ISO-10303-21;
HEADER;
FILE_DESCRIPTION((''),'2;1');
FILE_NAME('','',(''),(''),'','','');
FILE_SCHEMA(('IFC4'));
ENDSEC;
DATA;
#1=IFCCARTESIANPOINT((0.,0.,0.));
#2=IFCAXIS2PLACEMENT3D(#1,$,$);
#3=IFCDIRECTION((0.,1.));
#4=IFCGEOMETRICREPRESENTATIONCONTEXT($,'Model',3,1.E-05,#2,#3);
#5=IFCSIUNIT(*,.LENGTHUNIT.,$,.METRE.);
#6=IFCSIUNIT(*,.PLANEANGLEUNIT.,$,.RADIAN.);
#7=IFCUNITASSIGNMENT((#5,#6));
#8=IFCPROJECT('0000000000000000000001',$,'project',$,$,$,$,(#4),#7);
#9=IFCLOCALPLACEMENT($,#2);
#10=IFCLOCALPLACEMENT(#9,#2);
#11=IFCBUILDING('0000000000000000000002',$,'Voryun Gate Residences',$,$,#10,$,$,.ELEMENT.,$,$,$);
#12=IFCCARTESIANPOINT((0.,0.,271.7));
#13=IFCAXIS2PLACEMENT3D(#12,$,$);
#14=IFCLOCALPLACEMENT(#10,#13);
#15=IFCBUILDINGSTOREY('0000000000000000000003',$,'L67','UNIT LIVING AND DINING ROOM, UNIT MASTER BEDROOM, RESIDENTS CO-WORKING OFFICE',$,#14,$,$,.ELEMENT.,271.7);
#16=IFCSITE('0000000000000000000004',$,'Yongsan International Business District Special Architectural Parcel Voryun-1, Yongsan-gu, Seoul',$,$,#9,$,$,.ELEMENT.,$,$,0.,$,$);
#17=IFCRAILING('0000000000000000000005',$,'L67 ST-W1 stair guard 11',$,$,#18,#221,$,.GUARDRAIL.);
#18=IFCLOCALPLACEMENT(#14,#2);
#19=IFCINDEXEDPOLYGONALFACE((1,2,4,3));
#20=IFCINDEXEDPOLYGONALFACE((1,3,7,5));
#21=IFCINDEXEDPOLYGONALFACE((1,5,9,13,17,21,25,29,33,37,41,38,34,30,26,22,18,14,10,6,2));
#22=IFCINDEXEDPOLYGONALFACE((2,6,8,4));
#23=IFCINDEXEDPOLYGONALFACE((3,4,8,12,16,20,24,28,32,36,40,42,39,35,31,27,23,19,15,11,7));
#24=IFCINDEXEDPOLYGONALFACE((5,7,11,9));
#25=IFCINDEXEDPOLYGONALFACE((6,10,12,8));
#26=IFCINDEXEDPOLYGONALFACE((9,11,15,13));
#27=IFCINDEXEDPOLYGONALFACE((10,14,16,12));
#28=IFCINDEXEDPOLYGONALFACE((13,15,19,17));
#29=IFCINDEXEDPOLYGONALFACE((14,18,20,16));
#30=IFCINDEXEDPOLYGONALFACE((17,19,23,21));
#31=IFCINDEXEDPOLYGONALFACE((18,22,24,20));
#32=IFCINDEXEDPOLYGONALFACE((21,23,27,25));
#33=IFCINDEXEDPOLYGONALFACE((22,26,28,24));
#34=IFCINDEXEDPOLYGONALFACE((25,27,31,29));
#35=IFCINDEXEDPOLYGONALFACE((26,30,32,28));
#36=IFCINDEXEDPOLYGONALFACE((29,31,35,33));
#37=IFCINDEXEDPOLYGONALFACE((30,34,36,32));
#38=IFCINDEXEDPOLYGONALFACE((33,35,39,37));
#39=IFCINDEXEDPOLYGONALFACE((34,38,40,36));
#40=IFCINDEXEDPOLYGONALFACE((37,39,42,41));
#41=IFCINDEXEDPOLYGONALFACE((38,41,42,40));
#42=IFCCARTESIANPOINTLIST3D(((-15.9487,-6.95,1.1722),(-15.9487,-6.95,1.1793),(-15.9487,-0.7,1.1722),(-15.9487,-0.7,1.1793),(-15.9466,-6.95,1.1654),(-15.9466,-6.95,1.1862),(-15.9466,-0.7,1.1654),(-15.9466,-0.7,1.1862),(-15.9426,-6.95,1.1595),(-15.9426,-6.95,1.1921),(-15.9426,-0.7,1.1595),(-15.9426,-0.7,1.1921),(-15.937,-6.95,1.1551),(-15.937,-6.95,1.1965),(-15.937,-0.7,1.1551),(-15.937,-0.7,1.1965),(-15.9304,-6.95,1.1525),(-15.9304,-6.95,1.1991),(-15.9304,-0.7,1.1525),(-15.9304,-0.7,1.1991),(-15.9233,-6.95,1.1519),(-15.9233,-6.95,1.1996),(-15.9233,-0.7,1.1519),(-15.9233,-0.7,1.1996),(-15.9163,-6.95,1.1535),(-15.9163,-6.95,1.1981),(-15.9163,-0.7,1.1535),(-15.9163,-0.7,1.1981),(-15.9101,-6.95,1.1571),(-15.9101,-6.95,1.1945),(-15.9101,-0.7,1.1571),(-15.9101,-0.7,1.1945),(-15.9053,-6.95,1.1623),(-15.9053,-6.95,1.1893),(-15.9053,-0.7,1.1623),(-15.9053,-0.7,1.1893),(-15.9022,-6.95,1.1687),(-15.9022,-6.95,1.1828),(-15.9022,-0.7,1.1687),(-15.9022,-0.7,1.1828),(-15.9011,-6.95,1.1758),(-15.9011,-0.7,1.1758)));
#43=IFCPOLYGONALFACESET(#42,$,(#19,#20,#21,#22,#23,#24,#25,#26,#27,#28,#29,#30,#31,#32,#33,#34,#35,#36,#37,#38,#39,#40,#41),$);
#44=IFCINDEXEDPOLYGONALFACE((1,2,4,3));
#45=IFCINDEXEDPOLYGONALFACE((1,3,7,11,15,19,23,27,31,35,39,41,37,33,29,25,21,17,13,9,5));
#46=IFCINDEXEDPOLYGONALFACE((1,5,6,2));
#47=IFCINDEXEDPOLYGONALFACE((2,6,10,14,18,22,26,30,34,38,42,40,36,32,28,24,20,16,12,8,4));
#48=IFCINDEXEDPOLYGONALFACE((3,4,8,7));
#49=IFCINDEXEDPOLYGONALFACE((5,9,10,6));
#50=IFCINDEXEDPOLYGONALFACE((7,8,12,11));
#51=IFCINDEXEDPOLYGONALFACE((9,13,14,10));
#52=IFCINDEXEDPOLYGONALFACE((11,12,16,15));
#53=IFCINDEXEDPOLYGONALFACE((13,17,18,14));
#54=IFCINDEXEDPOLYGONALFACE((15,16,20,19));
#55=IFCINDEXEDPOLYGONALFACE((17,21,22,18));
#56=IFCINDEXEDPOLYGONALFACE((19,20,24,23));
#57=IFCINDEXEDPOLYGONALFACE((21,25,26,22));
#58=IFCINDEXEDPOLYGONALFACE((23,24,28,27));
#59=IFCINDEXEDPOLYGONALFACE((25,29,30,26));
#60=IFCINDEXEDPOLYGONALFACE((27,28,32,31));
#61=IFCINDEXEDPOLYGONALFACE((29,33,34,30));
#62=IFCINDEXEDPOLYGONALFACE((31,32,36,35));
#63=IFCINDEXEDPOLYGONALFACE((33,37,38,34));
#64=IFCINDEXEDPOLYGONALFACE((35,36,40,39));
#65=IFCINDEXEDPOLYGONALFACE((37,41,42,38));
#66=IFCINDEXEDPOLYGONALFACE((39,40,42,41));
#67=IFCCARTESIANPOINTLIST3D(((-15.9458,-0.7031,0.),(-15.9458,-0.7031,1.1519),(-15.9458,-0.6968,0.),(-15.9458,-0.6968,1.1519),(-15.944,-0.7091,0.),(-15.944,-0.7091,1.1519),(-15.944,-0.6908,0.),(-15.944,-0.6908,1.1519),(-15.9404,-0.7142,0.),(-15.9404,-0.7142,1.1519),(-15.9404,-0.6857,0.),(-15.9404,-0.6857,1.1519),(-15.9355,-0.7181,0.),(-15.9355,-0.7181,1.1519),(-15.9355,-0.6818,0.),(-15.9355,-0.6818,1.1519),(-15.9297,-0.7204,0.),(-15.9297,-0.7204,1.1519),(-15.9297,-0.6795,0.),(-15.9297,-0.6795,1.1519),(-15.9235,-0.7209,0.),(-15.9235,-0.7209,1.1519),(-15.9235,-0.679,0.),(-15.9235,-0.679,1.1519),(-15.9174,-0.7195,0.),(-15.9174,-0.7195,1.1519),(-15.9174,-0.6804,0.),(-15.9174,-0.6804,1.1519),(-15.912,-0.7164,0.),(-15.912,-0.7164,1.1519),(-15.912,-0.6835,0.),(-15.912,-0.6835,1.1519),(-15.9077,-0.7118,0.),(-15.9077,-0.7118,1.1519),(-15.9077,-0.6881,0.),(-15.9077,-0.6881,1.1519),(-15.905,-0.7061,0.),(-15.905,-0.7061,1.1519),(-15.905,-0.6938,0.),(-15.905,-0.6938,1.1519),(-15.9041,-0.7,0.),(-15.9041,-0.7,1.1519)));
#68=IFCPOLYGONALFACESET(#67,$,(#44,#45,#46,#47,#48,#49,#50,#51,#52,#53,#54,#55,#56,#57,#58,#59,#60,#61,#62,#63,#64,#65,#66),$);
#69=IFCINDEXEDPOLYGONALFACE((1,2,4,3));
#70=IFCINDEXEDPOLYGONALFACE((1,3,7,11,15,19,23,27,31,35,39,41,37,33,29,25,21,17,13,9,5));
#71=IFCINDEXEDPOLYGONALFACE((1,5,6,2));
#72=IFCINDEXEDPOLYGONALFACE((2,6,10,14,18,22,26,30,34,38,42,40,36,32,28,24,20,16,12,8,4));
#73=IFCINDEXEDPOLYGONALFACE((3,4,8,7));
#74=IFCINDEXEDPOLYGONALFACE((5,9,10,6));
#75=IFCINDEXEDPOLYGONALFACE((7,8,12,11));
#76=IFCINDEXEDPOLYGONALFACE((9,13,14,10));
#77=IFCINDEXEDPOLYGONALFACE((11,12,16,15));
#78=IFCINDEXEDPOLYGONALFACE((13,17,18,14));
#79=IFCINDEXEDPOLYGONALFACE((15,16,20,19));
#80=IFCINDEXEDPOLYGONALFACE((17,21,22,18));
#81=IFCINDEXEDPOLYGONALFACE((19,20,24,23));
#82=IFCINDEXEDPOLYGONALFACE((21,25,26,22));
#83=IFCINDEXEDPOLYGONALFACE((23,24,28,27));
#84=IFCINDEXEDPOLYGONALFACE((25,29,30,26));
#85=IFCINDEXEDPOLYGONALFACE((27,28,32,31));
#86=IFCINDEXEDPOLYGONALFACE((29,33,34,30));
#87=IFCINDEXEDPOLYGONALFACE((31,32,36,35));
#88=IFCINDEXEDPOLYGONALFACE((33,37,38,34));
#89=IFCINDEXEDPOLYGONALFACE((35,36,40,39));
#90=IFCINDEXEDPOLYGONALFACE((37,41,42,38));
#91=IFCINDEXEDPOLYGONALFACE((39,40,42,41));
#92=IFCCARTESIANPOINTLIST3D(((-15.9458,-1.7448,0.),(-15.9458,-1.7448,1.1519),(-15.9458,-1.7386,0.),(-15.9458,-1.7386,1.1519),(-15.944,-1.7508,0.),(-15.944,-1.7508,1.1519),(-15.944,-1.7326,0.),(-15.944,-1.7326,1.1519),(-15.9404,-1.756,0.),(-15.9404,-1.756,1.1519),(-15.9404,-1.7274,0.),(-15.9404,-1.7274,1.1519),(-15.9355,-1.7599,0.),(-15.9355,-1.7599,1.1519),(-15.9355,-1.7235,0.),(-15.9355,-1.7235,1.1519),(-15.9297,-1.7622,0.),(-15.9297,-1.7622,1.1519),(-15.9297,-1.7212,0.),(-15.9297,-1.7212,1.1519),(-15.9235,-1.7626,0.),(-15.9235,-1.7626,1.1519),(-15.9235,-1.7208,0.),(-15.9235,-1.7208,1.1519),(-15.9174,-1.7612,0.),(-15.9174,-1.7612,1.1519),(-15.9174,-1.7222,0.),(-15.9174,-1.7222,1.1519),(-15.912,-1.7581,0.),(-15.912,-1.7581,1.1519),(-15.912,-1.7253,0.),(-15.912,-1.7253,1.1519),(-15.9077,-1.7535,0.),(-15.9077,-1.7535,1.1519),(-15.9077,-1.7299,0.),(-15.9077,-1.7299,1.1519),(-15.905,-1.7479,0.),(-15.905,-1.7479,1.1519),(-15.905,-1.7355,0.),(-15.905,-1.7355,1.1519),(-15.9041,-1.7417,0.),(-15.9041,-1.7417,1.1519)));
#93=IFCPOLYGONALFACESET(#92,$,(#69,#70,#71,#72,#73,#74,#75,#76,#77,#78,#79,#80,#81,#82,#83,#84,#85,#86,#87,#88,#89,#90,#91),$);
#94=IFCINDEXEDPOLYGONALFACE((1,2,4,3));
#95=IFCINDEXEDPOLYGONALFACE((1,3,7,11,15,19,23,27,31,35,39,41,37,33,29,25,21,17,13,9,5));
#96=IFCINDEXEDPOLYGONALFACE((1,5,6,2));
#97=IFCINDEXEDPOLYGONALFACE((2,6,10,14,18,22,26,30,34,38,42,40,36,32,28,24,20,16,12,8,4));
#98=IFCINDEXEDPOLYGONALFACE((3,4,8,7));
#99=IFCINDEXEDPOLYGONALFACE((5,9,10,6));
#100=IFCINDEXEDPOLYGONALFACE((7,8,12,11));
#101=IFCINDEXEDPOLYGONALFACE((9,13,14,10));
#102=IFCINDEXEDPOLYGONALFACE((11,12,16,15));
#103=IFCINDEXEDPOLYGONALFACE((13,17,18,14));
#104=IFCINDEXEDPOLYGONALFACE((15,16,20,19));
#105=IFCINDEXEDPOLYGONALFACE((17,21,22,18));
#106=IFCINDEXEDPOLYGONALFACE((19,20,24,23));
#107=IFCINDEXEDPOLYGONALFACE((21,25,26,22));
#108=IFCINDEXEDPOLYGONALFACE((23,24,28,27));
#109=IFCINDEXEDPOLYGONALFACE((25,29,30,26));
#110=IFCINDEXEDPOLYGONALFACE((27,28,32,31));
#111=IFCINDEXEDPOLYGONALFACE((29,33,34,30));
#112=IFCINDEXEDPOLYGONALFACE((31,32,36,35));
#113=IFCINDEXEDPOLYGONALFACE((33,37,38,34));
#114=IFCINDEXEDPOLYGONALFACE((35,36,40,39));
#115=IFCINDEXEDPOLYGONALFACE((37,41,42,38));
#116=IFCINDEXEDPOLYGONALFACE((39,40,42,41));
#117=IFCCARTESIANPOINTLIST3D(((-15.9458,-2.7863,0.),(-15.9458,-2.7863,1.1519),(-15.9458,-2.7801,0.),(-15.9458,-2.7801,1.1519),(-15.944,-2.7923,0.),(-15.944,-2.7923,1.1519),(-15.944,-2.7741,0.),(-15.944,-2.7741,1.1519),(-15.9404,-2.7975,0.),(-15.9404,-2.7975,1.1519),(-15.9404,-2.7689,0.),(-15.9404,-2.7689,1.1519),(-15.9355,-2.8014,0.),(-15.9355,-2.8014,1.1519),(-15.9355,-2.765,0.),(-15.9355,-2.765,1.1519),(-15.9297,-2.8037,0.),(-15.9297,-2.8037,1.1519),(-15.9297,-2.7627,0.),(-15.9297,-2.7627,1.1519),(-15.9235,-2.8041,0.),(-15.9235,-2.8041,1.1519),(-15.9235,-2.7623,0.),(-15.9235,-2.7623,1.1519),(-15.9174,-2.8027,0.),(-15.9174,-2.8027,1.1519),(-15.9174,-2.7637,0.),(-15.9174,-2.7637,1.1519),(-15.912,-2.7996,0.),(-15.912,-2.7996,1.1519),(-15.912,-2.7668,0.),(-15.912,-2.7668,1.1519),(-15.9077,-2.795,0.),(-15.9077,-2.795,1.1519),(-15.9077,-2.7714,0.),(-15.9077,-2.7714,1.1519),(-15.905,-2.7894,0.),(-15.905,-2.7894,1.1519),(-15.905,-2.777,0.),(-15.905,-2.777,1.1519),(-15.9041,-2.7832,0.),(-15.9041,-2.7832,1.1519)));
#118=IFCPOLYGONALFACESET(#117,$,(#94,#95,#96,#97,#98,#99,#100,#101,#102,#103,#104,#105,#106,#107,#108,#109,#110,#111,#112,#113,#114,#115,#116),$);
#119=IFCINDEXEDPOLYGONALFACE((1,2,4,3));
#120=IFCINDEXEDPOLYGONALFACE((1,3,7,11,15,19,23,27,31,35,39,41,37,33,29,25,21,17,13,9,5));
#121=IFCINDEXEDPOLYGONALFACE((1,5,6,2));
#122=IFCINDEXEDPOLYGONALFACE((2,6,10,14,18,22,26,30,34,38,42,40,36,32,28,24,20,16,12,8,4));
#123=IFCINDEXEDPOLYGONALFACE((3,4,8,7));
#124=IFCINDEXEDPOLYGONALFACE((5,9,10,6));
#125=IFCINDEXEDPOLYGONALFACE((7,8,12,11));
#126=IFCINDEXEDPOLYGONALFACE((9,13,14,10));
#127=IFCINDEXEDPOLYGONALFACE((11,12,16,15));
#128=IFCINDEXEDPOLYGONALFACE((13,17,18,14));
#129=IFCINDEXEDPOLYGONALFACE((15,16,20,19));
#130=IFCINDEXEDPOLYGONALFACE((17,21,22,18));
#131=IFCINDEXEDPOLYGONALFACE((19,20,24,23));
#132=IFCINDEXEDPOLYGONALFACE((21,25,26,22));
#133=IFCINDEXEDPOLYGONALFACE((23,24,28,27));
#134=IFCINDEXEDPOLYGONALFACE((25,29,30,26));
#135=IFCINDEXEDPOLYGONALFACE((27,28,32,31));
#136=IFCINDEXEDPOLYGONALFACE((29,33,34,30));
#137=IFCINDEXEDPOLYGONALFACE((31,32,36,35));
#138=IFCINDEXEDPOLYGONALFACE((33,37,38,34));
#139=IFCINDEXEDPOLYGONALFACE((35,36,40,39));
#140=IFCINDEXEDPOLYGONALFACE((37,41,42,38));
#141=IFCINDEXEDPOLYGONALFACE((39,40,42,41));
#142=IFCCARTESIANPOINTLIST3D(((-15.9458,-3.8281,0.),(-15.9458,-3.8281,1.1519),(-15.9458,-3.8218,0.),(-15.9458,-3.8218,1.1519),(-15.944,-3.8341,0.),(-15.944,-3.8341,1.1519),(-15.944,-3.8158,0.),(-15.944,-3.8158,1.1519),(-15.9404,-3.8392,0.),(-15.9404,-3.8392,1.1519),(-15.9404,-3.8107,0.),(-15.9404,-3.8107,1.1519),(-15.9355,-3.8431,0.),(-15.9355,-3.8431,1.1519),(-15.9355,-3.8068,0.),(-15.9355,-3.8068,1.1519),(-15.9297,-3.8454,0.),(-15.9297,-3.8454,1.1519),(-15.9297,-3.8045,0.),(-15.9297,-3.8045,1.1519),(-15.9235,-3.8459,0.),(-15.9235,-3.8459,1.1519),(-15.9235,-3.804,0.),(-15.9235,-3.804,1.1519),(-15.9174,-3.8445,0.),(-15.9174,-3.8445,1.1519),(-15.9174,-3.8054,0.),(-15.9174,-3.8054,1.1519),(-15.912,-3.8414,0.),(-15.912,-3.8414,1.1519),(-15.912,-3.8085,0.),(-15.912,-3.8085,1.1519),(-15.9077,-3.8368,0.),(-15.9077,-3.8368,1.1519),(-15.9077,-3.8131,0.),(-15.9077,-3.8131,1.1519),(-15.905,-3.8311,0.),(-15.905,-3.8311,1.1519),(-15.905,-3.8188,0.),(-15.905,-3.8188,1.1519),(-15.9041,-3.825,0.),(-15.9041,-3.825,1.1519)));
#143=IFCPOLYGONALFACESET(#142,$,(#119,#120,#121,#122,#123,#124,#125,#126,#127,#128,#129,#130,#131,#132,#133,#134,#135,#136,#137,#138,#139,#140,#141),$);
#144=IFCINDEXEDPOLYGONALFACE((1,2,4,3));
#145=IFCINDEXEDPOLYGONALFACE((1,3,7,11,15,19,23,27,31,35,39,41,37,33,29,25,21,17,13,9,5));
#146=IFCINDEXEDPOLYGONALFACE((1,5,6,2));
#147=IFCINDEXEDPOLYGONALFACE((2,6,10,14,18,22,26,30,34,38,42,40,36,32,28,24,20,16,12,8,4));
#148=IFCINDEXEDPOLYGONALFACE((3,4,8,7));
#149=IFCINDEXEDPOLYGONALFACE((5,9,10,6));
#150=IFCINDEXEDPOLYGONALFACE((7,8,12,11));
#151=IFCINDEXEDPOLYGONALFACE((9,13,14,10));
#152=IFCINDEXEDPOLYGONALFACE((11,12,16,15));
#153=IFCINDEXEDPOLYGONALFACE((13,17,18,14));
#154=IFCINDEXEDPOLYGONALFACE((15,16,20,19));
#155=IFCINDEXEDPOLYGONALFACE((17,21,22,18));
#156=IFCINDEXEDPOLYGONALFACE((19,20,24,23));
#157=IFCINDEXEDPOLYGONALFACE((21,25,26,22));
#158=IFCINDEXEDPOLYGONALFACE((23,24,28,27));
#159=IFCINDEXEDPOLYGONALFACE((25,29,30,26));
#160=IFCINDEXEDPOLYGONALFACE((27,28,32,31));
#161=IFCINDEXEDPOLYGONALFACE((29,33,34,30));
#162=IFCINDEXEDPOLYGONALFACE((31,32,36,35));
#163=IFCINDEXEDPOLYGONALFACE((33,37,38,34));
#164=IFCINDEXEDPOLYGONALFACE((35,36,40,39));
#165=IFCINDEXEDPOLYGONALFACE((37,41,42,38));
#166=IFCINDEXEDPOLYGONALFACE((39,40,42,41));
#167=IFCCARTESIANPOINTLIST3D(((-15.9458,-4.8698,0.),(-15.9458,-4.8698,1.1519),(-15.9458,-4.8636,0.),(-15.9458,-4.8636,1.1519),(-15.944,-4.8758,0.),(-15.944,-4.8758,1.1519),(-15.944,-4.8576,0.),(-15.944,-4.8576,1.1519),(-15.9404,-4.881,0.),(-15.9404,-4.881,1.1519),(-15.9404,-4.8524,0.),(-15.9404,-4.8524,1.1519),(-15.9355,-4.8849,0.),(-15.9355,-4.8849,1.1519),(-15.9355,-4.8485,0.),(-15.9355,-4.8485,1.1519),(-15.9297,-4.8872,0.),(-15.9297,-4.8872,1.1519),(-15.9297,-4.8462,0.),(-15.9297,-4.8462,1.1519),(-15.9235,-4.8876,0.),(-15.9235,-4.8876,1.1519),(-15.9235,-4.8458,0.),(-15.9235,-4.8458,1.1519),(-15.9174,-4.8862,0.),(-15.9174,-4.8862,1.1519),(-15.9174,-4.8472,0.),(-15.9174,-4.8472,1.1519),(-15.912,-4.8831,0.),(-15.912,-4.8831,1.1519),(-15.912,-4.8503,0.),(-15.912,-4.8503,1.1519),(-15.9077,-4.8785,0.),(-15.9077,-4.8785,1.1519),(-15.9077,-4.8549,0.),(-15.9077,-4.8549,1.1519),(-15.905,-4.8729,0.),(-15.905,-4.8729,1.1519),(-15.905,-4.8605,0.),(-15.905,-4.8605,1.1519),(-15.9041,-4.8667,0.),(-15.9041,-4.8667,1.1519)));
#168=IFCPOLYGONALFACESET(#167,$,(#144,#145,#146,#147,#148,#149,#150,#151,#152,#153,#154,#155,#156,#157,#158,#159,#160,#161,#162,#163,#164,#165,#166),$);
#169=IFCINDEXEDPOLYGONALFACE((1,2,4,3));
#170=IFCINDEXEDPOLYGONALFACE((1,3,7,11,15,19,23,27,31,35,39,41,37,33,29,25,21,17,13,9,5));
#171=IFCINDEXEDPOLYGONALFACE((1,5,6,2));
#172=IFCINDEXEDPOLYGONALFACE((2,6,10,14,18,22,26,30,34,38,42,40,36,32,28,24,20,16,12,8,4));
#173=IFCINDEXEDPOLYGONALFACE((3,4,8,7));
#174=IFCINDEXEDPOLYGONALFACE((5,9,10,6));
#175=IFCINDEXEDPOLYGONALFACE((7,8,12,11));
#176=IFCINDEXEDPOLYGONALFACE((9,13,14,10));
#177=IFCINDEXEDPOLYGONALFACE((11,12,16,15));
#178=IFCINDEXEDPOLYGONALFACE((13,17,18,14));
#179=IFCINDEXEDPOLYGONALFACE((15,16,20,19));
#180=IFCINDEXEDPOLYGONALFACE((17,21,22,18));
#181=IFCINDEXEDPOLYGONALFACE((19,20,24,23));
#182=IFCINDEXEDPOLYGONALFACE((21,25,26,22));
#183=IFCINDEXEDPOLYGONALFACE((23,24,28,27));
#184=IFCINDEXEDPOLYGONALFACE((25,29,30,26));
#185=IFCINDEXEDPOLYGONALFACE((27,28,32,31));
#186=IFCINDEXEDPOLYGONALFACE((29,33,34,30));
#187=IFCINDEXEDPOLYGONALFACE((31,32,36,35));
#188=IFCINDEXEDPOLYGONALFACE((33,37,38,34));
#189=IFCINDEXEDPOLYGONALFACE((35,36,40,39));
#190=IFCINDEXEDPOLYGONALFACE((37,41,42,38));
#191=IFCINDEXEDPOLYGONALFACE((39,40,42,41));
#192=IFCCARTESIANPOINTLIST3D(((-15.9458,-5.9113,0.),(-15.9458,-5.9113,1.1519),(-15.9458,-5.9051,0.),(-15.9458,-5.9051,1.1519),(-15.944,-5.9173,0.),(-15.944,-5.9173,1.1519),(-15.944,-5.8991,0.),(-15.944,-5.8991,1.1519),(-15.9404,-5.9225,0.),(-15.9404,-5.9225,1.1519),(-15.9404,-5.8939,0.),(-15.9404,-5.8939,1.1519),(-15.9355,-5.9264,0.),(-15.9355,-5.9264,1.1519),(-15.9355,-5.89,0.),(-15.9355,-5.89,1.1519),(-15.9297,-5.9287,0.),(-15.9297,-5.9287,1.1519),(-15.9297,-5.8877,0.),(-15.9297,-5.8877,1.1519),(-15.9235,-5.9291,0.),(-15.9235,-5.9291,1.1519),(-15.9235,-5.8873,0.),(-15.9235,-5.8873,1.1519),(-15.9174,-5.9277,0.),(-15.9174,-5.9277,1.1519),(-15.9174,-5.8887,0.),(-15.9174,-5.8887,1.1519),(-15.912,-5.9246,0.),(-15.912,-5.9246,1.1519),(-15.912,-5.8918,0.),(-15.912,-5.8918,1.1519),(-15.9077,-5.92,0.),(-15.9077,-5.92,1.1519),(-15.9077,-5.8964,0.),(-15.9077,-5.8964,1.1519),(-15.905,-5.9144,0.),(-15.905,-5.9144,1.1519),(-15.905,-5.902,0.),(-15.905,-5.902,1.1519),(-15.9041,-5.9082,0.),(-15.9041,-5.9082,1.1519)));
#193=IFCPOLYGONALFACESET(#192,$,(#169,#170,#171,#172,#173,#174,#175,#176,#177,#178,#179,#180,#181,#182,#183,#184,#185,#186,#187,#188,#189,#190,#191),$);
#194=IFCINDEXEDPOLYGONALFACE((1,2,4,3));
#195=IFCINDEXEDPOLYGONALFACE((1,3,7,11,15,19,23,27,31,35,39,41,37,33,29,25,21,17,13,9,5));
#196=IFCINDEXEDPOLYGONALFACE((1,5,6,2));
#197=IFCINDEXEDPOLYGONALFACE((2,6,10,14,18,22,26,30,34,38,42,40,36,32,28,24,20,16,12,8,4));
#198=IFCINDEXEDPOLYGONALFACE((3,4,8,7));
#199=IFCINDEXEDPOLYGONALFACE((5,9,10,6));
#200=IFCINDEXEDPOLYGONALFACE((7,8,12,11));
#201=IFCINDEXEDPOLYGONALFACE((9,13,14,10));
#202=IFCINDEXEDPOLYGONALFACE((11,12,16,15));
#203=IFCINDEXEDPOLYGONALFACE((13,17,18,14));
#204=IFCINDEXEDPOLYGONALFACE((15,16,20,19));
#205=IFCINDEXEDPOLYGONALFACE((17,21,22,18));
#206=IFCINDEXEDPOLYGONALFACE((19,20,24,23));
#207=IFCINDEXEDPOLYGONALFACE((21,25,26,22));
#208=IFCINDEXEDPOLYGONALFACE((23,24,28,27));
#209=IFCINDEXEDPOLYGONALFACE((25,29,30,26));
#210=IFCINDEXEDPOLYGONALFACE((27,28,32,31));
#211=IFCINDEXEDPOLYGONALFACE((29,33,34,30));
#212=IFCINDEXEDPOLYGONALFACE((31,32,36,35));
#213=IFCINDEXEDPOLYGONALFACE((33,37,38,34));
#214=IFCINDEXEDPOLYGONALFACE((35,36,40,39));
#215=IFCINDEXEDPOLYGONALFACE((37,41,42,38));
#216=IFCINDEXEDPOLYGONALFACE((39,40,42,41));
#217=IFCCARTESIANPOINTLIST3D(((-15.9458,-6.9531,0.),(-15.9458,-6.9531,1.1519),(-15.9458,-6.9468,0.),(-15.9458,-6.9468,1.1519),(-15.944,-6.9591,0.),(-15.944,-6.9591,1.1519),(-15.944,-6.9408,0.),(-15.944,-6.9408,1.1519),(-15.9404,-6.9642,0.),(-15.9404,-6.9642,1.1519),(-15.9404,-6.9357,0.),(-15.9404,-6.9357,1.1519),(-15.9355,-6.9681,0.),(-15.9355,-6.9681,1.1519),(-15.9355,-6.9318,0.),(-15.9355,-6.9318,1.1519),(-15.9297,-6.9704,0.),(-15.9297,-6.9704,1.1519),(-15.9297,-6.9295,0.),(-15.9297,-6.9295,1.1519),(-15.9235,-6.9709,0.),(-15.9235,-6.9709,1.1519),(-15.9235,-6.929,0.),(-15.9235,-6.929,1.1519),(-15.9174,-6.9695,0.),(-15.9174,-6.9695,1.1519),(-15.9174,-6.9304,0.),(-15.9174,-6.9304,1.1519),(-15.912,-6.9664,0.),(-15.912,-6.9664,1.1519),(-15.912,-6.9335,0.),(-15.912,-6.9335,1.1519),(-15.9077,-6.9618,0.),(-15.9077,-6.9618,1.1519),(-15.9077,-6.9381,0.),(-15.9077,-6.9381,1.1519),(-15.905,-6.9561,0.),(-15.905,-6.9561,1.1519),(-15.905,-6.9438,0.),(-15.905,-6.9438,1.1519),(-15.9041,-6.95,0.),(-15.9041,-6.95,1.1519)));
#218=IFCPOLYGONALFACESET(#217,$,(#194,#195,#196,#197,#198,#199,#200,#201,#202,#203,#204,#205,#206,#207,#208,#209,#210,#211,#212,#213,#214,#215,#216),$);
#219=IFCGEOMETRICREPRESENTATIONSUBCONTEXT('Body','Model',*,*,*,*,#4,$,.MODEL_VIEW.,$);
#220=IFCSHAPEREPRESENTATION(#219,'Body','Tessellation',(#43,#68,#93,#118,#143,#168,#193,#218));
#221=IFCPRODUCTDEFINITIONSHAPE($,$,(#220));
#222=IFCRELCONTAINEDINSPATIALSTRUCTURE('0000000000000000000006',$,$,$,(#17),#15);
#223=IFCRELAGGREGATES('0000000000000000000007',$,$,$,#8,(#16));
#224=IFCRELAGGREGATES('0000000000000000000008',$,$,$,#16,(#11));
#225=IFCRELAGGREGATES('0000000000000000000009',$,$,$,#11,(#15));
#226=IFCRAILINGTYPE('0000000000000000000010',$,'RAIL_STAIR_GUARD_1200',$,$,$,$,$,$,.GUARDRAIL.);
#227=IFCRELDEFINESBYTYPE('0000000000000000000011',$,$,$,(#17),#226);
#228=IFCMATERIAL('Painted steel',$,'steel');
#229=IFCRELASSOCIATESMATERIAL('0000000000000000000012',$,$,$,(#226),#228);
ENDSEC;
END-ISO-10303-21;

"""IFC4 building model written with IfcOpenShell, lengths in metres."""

from ifc_helpers import new_model, si_unit, direction, frame, origin, origin_2d, place, context, subcontext, project, spatial, circle, extrude, material, type_object, element, save


model = new_model("IFC4")

# Units and contexts
model_context = context("Model", 3, precision=1e-05, world=origin(), true_north=direction((0.0, 1.0)))
body_context = subcontext(model_context, "Body", "Model", "MODEL_VIEW")
ifc_project = project(units=[si_unit("LENGTHUNIT", "METRE"), si_unit("PLANEANGLEUNIT", "RADIAN")], contexts=[model_context])

# Site, building, storey
site_placement = place(None, origin())
site = spatial("IfcSite", under=ifc_project, at=site_placement, Name="Yongsan International Business District Special Architectural Parcel Voryun-1, Yongsan-gu, Seoul", CompositionType="ELEMENT", RefElevation=0.0)
building_placement = place(site_placement, origin())
building = spatial("IfcBuilding", under=site, at=building_placement, Name="Voryun Gate Residences", CompositionType="ELEMENT")
storey_placement = place(building_placement, frame((0.0, 0.0, 271.7)))
storey = spatial("IfcBuildingStorey", under=building, at=storey_placement, Name="L67", Description="UNIT LIVING AND DINING ROOM, UNIT MASTER BEDROOM, RESIDENTS CO-WORKING OFFICE", CompositionType="ELEMENT", Elevation=271.7)

# Railing
ifc_material_1 = material(Name="Painted steel", Category="steel")
railing_type = type_object("IfcRailingType", Name="RAIL_STAIR_GUARD_1200", PredefinedType="GUARDRAIL", material=ifc_material_1)
railing_placement = place(storey_placement, frame((-15.925, -0.7, 0.0)))
element("IfcRailing", 1, at=railing_placement, inside=storey, type_object=railing_type, Name="L67 ST-W1 stair guard 11", PredefinedType="GUARDRAIL", context=body_context, shape_type="SweptSolid", body=[
    extrude(circle(Radius=0.0239, at=origin_2d()), frame((0.0, 0.0, 1.1758), z_axis=(0.0, -1.0, 0.0), x_axis=(1.0, 0.0, 0.0)), (0.0, 0.0, 1.0), 6.25),
    extrude(circle(Radius=0.021, at=origin_2d()), origin(), (0.0, 0.0, 1.0), 1.1519),
    extrude(circle(Radius=0.021, at=origin_2d()), frame((0.0, -1.0417, 0.0)), (0.0, 0.0, 1.0), 1.1519),
    extrude(circle(Radius=0.021, at=origin_2d()), frame((0.0, -2.0833, 0.0)), (0.0, 0.0, 1.0), 1.1519),
    extrude(circle(Radius=0.021, at=origin_2d()), frame((0.0, -3.125, 0.0)), (0.0, 0.0, 1.0), 1.1519),
    extrude(circle(Radius=0.021, at=origin_2d()), frame((0.0, -4.1667, 0.0)), (0.0, 0.0, 1.0), 1.1519),
    extrude(circle(Radius=0.021, at=origin_2d()), frame((0.0, -5.2083, 0.0)), (0.0, 0.0, 1.0), 1.1519),
    extrude(circle(Radius=0.021, at=origin_2d()), frame((0.0, -6.25, 0.0)), (0.0, 0.0, 1.0), 1.1519),
])

save(model, "model.ifc")
